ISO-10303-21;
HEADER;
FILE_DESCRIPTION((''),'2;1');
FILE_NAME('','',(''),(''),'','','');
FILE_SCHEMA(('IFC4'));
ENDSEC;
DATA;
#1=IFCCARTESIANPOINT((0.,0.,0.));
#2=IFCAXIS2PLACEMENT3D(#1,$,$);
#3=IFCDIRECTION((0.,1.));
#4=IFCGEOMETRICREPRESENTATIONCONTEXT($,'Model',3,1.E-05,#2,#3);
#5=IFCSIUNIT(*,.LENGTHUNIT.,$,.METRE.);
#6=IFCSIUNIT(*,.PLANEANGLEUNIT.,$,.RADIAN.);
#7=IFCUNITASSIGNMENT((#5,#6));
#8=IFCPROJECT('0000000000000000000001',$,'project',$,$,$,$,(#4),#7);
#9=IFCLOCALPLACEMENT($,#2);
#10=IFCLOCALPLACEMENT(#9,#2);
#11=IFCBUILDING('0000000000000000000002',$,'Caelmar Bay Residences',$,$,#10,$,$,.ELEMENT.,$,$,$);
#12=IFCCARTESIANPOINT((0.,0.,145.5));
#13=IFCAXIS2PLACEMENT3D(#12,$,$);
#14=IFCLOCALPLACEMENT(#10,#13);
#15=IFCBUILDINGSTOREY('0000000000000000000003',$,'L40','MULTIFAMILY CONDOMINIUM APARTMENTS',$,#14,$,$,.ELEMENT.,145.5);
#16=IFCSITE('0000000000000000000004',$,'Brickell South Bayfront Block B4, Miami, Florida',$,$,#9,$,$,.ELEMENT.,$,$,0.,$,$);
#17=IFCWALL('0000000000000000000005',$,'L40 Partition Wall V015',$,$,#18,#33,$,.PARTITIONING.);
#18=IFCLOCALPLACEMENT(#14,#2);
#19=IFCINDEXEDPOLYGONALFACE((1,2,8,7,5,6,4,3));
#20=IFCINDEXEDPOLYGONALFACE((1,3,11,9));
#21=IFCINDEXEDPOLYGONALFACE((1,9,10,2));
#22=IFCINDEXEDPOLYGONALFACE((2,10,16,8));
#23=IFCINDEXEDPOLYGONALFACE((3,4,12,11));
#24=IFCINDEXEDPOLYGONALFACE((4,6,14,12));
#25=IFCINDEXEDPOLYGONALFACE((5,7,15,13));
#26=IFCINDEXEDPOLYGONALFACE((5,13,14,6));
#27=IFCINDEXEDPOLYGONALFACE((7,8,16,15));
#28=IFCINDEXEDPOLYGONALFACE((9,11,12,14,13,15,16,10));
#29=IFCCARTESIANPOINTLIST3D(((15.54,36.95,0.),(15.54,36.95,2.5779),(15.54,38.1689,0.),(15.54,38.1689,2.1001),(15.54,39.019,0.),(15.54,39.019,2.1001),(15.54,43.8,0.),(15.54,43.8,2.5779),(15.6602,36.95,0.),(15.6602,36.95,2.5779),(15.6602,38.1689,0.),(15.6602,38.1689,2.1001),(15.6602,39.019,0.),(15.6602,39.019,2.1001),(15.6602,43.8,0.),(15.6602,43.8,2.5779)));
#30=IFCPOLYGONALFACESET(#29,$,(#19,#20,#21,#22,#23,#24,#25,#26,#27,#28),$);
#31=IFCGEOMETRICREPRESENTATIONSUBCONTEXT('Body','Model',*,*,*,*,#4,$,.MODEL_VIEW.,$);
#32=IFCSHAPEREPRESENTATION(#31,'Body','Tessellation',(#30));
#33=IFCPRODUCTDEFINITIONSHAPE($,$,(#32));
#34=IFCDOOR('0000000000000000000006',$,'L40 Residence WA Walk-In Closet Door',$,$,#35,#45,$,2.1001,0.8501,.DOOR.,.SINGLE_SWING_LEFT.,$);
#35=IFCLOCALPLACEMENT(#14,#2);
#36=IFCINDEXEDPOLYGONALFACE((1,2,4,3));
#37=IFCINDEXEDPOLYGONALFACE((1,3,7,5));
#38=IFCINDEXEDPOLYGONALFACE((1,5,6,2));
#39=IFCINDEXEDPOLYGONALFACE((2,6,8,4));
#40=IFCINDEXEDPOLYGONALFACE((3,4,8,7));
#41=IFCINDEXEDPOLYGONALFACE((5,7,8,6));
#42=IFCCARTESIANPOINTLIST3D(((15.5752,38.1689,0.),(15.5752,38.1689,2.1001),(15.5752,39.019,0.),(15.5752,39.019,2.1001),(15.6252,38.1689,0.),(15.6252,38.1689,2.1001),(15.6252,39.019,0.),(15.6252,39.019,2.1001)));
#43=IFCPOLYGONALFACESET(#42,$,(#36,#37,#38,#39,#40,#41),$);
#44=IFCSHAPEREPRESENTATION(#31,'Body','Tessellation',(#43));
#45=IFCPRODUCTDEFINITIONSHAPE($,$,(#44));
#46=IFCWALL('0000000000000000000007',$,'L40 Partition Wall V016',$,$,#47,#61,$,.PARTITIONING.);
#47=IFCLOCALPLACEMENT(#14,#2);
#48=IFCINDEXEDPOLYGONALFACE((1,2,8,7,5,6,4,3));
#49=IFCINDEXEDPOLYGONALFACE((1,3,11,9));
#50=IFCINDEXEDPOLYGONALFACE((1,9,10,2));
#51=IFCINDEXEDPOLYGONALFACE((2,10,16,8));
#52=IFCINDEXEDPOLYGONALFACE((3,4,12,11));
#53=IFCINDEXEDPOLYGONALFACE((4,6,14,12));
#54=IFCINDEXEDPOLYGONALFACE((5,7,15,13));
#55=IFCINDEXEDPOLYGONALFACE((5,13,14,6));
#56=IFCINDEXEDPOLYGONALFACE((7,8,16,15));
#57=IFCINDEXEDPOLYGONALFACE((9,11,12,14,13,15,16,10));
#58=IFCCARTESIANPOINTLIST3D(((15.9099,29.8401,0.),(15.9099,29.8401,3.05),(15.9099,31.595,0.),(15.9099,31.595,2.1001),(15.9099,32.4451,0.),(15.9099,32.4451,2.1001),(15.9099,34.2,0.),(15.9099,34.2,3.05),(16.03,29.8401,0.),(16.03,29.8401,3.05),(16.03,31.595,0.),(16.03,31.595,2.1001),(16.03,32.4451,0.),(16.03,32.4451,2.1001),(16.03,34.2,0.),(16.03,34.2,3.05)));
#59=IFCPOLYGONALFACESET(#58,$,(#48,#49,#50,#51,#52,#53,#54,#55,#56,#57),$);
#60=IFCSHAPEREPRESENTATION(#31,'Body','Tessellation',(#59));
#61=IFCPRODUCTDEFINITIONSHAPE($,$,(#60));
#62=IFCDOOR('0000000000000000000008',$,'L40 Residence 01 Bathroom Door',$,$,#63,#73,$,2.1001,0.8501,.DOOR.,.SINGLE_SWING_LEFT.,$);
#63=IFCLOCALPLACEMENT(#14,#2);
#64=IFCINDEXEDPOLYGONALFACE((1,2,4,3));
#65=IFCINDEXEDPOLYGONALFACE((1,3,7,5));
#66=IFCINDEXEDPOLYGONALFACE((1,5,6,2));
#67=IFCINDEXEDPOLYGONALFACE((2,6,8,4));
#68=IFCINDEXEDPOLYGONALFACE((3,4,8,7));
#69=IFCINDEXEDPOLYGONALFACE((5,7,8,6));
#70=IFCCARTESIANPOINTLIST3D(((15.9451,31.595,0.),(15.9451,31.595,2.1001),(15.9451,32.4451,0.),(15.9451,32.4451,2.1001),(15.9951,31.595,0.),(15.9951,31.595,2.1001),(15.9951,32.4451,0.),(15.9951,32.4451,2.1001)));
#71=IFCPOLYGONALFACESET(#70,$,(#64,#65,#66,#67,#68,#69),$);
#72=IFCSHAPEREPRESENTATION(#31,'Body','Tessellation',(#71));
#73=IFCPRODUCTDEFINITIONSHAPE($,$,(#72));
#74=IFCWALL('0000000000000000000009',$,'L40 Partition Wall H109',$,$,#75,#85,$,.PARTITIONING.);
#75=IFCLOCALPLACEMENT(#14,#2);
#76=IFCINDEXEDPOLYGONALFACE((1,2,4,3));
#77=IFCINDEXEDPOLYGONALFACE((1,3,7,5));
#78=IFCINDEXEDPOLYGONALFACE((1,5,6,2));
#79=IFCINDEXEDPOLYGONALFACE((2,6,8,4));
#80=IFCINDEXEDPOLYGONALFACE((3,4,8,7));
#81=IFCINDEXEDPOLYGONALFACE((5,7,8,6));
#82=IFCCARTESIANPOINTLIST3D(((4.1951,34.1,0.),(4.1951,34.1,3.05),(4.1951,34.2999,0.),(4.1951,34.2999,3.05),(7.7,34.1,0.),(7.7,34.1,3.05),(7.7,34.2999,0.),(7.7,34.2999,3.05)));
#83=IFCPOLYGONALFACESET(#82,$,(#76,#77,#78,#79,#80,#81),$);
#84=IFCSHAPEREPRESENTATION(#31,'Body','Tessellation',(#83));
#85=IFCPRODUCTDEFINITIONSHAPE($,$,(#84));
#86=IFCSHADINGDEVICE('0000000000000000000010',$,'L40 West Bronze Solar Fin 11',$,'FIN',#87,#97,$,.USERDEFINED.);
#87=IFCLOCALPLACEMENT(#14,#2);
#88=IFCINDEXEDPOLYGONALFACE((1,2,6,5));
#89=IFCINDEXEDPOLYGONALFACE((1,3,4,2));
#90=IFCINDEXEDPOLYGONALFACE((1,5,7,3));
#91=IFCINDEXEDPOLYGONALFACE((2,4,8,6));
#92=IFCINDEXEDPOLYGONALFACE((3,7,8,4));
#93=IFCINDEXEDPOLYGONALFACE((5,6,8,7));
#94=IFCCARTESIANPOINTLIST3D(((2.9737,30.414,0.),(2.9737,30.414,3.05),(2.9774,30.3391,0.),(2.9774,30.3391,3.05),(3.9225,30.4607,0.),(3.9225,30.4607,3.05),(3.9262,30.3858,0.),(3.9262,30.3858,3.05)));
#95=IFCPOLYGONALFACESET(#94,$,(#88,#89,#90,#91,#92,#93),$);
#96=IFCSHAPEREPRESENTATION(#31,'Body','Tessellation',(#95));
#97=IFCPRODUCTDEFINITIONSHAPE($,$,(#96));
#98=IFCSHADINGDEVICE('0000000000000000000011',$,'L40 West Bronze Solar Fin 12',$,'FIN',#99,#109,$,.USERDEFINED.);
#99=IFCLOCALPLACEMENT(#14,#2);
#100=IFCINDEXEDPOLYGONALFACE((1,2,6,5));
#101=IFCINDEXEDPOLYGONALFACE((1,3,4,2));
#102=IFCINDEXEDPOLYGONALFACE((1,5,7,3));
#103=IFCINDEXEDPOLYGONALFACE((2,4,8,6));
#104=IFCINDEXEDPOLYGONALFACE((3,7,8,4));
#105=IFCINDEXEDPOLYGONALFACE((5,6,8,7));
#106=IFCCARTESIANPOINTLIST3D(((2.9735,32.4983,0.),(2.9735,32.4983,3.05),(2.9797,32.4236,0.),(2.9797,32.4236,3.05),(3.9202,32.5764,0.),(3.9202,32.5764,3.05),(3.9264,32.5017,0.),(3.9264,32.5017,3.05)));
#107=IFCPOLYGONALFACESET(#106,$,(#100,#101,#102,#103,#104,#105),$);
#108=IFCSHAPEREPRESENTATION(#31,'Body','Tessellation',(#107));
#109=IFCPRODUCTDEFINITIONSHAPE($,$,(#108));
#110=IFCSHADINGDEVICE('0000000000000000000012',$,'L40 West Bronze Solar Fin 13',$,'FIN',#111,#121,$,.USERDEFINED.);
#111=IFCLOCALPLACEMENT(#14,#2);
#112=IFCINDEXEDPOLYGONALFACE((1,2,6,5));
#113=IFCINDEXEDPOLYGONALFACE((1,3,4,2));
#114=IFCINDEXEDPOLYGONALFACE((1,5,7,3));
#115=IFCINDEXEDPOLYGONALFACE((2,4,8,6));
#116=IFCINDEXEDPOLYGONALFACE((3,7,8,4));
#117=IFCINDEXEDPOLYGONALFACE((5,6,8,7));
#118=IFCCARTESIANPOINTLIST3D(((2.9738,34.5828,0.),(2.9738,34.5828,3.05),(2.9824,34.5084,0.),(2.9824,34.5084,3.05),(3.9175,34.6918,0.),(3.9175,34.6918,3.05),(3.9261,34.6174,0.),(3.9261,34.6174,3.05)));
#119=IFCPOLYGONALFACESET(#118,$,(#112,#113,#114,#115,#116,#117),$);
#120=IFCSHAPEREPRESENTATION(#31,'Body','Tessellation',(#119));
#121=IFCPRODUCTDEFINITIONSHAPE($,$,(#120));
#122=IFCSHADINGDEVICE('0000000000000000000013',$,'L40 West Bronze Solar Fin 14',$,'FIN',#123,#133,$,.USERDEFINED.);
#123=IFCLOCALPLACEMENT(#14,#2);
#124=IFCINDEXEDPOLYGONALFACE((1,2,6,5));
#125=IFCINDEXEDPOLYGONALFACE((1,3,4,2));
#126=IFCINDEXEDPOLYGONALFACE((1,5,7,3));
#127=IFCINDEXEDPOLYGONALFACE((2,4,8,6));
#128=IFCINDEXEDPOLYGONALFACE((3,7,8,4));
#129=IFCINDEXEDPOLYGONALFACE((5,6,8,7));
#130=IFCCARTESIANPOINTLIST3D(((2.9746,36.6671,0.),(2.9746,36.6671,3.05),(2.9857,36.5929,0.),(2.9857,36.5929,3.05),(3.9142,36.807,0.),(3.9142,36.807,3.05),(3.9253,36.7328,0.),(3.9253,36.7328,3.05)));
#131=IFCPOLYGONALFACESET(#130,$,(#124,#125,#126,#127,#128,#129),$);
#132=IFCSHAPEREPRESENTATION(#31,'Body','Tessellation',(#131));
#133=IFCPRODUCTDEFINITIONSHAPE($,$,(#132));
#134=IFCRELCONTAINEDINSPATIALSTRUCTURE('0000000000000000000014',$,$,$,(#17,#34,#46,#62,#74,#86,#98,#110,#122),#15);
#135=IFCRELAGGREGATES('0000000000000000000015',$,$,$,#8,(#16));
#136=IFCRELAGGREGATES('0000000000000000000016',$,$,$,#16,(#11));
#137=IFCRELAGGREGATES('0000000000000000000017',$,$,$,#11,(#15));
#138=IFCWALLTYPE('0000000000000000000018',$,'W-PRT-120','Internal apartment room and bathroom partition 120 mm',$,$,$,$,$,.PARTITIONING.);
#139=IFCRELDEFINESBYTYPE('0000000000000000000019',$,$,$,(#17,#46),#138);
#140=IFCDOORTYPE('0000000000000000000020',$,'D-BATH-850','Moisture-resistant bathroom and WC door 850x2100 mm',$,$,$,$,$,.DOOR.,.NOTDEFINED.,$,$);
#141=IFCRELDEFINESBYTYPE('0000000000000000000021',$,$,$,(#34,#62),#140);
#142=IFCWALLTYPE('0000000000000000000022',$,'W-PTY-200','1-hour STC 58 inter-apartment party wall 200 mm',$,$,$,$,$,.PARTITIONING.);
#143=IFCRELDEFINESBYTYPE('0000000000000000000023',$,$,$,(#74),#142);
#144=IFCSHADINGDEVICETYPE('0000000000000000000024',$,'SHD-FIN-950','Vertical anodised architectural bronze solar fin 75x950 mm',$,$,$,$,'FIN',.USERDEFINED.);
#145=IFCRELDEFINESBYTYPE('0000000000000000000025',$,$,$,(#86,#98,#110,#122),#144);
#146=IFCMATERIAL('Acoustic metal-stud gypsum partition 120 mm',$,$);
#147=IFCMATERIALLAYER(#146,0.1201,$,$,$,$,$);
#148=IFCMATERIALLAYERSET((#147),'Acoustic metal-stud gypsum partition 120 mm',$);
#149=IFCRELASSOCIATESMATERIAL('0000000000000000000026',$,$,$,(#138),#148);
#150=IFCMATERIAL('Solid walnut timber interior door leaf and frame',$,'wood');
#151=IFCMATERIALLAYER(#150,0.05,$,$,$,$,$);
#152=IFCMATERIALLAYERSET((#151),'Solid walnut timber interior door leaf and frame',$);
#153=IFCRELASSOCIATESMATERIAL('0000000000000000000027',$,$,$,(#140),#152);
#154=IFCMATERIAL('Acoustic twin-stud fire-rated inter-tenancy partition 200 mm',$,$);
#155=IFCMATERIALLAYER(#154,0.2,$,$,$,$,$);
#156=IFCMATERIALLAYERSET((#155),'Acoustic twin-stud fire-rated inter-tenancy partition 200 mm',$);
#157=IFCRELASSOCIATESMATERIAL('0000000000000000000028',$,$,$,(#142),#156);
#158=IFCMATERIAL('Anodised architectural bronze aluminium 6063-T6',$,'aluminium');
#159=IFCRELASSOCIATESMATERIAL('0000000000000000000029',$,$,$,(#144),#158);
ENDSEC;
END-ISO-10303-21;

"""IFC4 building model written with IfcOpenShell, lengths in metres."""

from ifc_helpers import new_model, si_unit, direction, frame, frame_2d, origin, origin_2d, place, context, subcontext, project, spatial, rectangle, extrude, material, layer, layer_set, material_profile, profile_set, type_object, element, fill, save


model = new_model("IFC4")

# Units and contexts
model_context = context("Model", 3, precision=1e-05, world=origin(), true_north=direction((0.0, 1.0)))
body_context = subcontext(model_context, "Body", "Model", "MODEL_VIEW")
ifc_project = project(units=[si_unit("LENGTHUNIT", "METRE"), si_unit("PLANEANGLEUNIT", "RADIAN")], contexts=[model_context])

# Site, building, storey
site_placement = place(None, origin())
site = spatial("IfcSite", under=ifc_project, at=site_placement, Name="Brickell South Bayfront Block B4, Miami, Florida", CompositionType="ELEMENT", RefElevation=0.0)
building_placement = place(site_placement, origin())
building = spatial("IfcBuilding", under=site, at=building_placement, Name="Caelmar Bay Residences", CompositionType="ELEMENT")
storey_placement = place(building_placement, frame((0.0, 0.0, 145.5)))
storey = spatial("IfcBuildingStorey", under=building, at=storey_placement, Name="L40", Description="MULTIFAMILY CONDOMINIUM APARTMENTS", CompositionType="ELEMENT", Elevation=145.5)

# Shared definitions
ifc_material_1 = material(Name="Solid walnut timber interior door leaf and frame", Category="wood")

# Shared definitions
ifc_material_2 = material(Name="Acoustic metal-stud gypsum partition 120 mm")
ifc_layer_1 = layer(ifc_material_2, 0.1201)
ifc_layer_set_1 = layer_set([ifc_layer_1], Name="Acoustic metal-stud gypsum partition 120 mm")
wall_type_1 = type_object("IfcWallType", Name="W-PRT-120", Description="Internal apartment room and bathroom partition 120 mm", PredefinedType="PARTITIONING", material=ifc_layer_set_1)

# Walls, openings, doors
wall_1_placement = place(storey_placement, frame((15.6001, 36.95, 0.0), z_axis=(0.0, 0.0, 1.0), x_axis=(0.0, 1.0, 0.0)))
wall_1 = element("IfcWall", 1, at=wall_1_placement, inside=storey, type_object=wall_type_1, Name="L40 Partition Wall V015", PredefinedType="PARTITIONING", context=body_context, shape_type="SweptSolid", body=[
    extrude(rectangle(XDim=6.8501, YDim=0.1201, at=frame_2d((3.425, 0.0))), origin(), (0.0, 0.0, 1.0), 2.5779),
])
opening_1_placement = place(wall_1_placement, frame((1.219, 0.0, 0.0)))
opening_1 = element("IfcOpeningElement", 2, at=opening_1_placement, cuts=wall_1, PredefinedType="OPENING", context=body_context, shape_type="SweptSolid", body=[
    extrude(rectangle(XDim=0.8501, YDim=2.1001, at=frame_2d((0.425, 1.05))), frame((0.0, 0.0701, 0.0), z_axis=(0.0, -1.0, 0.0), x_axis=(1.0, 0.0, 0.0)), (0.0, 0.0, 1.0), 0.1401),
])
ifc_layer_2 = layer(ifc_material_1, 0.05)
ifc_layer_set_2 = layer_set([ifc_layer_2], Name="Solid walnut timber interior door leaf and frame")
door_type_1 = type_object("IfcDoorType", Name="D-BATH-850", Description="Moisture-resistant bathroom and WC door 850x2100 mm", OperationType="NOTDEFINED", PredefinedType="DOOR", material=ifc_layer_set_2)
door_1_placement = place(opening_1_placement, origin())
door_1 = element("IfcDoor", 3, at=door_1_placement, inside=storey, type_object=door_type_1, Name="L40 Residence WA Walk-In Closet Door", OperationType="SINGLE_SWING_LEFT", OverallHeight=2.1001, OverallWidth=0.8501, PredefinedType="DOOR", context=body_context, shape_type="SweptSolid", body=[
    extrude(rectangle(XDim=0.8501, YDim=2.1001, at=frame_2d((0.425, 1.05))), frame((0.0, 0.0249, 0.0), z_axis=(0.0, -1.0, 0.0), x_axis=(1.0, 0.0, 0.0)), (0.0, 0.0, 1.0), 0.05),
])
fill(opening_1, door_1)
wall_2_placement = place(storey_placement, frame((15.97, 29.8401, 0.0), z_axis=(0.0, 0.0, 1.0), x_axis=(0.0, 1.0, 0.0)))
wall_2 = element("IfcWall", 4, at=wall_2_placement, inside=storey, type_object=wall_type_1, Name="L40 Partition Wall V016", PredefinedType="PARTITIONING", context=body_context, shape_type="SweptSolid", body=[
    extrude(rectangle(XDim=4.3599, YDim=0.1201, at=frame_2d((2.1799, 0.0))), origin(), (0.0, 0.0, 1.0), 3.05),
])
opening_2_placement = place(wall_2_placement, frame((1.7549, 0.0, 0.0)))
opening_2 = element("IfcOpeningElement", 5, at=opening_2_placement, cuts=wall_2, PredefinedType="OPENING", context=body_context, shape_type="SweptSolid", body=[
    extrude(rectangle(XDim=0.8501, YDim=2.1001, at=frame_2d((0.425, 1.05))), frame((0.0, 0.0701, 0.0), z_axis=(0.0, -1.0, 0.0), x_axis=(1.0, 0.0, 0.0)), (0.0, 0.0, 1.0), 0.1401),
])
door_2_placement = place(opening_2_placement, origin())
door_2 = element("IfcDoor", 6, at=door_2_placement, inside=storey, type_object=door_type_1, Name="L40 Residence 01 Bathroom Door", OperationType="SINGLE_SWING_LEFT", OverallHeight=2.1001, OverallWidth=0.8501, PredefinedType="DOOR", context=body_context, shape_type="SweptSolid", body=[
    extrude(rectangle(XDim=0.8501, YDim=2.1001, at=frame_2d((0.425, 1.05))), frame((0.0, 0.0249, 0.0), z_axis=(0.0, -1.0, 0.0), x_axis=(1.0, 0.0, 0.0)), (0.0, 0.0, 1.0), 0.05),
])
fill(opening_2, door_2)

# Wall
ifc_material_3 = material(Name="Acoustic twin-stud fire-rated inter-tenancy partition 200 mm")
ifc_layer_3 = layer(ifc_material_3, 0.2)
ifc_layer_set_3 = layer_set([ifc_layer_3], Name="Acoustic twin-stud fire-rated inter-tenancy partition 200 mm")
wall_type_2 = type_object("IfcWallType", Name="W-PTY-200", Description="1-hour STC 58 inter-apartment party wall 200 mm", PredefinedType="PARTITIONING", material=ifc_layer_set_3)
wall_3_placement = place(storey_placement, frame((4.1951, 34.2, 0.0), z_axis=(0.0, 0.0, 1.0), x_axis=(1.0, 0.0, 0.0)))
element("IfcWall", 7, at=wall_3_placement, inside=storey, type_object=wall_type_2, Name="L40 Partition Wall H109", PredefinedType="PARTITIONING", context=body_context, shape_type="SweptSolid", body=[
    extrude(rectangle(XDim=3.5049, YDim=0.2, at=frame_2d((1.7524, 0.0))), origin(), (0.0, 0.0, 1.0), 3.05),
])

# Shading devices
ifc_material_4 = material(Name="Anodised architectural bronze aluminium 6063-T6", Category="aluminium")
ifc_material_profile = material_profile(ifc_material_4, rectangle(XDim=0.075, YDim=0.95, at=origin_2d()), Name="BRONZE-FIN-75X950")
ifc_profile_set = profile_set([ifc_material_profile], Name="Anodised architectural bronze aluminium 6063-T6")
shading_device_type = type_object("IfcShadingDeviceType", Name="SHD-FIN-950", Description="Vertical anodised architectural bronze solar fin 75x950 mm", ElementType="FIN", PredefinedType="USERDEFINED", material=ifc_profile_set)
for number, where, z_axis, x_axis, name in (
    (8, (3.45, 30.3999, 0.0), (0.0, 0.0, 1.0), (-0.049198, 0.998789, 0.0), "L40 West Bronze Solar Fin 11"),
    (9, (3.45, 32.5, 0.0), (0.0, 0.0, 1.0), (-0.082112, 0.996623, 0.0), "L40 West Bronze Solar Fin 12"),
    (10, (3.45, 34.6001, 0.0), (0.0, 0.0, 1.0), (-0.114764, 0.993393, 0.0), "L40 West Bronze Solar Fin 13"),
    (11, (3.45, 36.7, 0.0), (0.0, 0.0, 1.0), (-0.147292, 0.989093, 0.0), "L40 West Bronze Solar Fin 14"),
):
    element("IfcShadingDevice", number, at=place(storey_placement, frame(where, z_axis=z_axis, x_axis=x_axis)), inside=storey, type_object=shading_device_type, Name=name, ObjectType="FIN", PredefinedType="USERDEFINED", context=body_context, shape_type="SweptSolid", body=[
        extrude(rectangle(XDim=0.075, YDim=0.95, at=origin_2d()), origin(), (0.0, 0.0, 1.0), 3.05),
    ])

save(model, "model.ifc")
